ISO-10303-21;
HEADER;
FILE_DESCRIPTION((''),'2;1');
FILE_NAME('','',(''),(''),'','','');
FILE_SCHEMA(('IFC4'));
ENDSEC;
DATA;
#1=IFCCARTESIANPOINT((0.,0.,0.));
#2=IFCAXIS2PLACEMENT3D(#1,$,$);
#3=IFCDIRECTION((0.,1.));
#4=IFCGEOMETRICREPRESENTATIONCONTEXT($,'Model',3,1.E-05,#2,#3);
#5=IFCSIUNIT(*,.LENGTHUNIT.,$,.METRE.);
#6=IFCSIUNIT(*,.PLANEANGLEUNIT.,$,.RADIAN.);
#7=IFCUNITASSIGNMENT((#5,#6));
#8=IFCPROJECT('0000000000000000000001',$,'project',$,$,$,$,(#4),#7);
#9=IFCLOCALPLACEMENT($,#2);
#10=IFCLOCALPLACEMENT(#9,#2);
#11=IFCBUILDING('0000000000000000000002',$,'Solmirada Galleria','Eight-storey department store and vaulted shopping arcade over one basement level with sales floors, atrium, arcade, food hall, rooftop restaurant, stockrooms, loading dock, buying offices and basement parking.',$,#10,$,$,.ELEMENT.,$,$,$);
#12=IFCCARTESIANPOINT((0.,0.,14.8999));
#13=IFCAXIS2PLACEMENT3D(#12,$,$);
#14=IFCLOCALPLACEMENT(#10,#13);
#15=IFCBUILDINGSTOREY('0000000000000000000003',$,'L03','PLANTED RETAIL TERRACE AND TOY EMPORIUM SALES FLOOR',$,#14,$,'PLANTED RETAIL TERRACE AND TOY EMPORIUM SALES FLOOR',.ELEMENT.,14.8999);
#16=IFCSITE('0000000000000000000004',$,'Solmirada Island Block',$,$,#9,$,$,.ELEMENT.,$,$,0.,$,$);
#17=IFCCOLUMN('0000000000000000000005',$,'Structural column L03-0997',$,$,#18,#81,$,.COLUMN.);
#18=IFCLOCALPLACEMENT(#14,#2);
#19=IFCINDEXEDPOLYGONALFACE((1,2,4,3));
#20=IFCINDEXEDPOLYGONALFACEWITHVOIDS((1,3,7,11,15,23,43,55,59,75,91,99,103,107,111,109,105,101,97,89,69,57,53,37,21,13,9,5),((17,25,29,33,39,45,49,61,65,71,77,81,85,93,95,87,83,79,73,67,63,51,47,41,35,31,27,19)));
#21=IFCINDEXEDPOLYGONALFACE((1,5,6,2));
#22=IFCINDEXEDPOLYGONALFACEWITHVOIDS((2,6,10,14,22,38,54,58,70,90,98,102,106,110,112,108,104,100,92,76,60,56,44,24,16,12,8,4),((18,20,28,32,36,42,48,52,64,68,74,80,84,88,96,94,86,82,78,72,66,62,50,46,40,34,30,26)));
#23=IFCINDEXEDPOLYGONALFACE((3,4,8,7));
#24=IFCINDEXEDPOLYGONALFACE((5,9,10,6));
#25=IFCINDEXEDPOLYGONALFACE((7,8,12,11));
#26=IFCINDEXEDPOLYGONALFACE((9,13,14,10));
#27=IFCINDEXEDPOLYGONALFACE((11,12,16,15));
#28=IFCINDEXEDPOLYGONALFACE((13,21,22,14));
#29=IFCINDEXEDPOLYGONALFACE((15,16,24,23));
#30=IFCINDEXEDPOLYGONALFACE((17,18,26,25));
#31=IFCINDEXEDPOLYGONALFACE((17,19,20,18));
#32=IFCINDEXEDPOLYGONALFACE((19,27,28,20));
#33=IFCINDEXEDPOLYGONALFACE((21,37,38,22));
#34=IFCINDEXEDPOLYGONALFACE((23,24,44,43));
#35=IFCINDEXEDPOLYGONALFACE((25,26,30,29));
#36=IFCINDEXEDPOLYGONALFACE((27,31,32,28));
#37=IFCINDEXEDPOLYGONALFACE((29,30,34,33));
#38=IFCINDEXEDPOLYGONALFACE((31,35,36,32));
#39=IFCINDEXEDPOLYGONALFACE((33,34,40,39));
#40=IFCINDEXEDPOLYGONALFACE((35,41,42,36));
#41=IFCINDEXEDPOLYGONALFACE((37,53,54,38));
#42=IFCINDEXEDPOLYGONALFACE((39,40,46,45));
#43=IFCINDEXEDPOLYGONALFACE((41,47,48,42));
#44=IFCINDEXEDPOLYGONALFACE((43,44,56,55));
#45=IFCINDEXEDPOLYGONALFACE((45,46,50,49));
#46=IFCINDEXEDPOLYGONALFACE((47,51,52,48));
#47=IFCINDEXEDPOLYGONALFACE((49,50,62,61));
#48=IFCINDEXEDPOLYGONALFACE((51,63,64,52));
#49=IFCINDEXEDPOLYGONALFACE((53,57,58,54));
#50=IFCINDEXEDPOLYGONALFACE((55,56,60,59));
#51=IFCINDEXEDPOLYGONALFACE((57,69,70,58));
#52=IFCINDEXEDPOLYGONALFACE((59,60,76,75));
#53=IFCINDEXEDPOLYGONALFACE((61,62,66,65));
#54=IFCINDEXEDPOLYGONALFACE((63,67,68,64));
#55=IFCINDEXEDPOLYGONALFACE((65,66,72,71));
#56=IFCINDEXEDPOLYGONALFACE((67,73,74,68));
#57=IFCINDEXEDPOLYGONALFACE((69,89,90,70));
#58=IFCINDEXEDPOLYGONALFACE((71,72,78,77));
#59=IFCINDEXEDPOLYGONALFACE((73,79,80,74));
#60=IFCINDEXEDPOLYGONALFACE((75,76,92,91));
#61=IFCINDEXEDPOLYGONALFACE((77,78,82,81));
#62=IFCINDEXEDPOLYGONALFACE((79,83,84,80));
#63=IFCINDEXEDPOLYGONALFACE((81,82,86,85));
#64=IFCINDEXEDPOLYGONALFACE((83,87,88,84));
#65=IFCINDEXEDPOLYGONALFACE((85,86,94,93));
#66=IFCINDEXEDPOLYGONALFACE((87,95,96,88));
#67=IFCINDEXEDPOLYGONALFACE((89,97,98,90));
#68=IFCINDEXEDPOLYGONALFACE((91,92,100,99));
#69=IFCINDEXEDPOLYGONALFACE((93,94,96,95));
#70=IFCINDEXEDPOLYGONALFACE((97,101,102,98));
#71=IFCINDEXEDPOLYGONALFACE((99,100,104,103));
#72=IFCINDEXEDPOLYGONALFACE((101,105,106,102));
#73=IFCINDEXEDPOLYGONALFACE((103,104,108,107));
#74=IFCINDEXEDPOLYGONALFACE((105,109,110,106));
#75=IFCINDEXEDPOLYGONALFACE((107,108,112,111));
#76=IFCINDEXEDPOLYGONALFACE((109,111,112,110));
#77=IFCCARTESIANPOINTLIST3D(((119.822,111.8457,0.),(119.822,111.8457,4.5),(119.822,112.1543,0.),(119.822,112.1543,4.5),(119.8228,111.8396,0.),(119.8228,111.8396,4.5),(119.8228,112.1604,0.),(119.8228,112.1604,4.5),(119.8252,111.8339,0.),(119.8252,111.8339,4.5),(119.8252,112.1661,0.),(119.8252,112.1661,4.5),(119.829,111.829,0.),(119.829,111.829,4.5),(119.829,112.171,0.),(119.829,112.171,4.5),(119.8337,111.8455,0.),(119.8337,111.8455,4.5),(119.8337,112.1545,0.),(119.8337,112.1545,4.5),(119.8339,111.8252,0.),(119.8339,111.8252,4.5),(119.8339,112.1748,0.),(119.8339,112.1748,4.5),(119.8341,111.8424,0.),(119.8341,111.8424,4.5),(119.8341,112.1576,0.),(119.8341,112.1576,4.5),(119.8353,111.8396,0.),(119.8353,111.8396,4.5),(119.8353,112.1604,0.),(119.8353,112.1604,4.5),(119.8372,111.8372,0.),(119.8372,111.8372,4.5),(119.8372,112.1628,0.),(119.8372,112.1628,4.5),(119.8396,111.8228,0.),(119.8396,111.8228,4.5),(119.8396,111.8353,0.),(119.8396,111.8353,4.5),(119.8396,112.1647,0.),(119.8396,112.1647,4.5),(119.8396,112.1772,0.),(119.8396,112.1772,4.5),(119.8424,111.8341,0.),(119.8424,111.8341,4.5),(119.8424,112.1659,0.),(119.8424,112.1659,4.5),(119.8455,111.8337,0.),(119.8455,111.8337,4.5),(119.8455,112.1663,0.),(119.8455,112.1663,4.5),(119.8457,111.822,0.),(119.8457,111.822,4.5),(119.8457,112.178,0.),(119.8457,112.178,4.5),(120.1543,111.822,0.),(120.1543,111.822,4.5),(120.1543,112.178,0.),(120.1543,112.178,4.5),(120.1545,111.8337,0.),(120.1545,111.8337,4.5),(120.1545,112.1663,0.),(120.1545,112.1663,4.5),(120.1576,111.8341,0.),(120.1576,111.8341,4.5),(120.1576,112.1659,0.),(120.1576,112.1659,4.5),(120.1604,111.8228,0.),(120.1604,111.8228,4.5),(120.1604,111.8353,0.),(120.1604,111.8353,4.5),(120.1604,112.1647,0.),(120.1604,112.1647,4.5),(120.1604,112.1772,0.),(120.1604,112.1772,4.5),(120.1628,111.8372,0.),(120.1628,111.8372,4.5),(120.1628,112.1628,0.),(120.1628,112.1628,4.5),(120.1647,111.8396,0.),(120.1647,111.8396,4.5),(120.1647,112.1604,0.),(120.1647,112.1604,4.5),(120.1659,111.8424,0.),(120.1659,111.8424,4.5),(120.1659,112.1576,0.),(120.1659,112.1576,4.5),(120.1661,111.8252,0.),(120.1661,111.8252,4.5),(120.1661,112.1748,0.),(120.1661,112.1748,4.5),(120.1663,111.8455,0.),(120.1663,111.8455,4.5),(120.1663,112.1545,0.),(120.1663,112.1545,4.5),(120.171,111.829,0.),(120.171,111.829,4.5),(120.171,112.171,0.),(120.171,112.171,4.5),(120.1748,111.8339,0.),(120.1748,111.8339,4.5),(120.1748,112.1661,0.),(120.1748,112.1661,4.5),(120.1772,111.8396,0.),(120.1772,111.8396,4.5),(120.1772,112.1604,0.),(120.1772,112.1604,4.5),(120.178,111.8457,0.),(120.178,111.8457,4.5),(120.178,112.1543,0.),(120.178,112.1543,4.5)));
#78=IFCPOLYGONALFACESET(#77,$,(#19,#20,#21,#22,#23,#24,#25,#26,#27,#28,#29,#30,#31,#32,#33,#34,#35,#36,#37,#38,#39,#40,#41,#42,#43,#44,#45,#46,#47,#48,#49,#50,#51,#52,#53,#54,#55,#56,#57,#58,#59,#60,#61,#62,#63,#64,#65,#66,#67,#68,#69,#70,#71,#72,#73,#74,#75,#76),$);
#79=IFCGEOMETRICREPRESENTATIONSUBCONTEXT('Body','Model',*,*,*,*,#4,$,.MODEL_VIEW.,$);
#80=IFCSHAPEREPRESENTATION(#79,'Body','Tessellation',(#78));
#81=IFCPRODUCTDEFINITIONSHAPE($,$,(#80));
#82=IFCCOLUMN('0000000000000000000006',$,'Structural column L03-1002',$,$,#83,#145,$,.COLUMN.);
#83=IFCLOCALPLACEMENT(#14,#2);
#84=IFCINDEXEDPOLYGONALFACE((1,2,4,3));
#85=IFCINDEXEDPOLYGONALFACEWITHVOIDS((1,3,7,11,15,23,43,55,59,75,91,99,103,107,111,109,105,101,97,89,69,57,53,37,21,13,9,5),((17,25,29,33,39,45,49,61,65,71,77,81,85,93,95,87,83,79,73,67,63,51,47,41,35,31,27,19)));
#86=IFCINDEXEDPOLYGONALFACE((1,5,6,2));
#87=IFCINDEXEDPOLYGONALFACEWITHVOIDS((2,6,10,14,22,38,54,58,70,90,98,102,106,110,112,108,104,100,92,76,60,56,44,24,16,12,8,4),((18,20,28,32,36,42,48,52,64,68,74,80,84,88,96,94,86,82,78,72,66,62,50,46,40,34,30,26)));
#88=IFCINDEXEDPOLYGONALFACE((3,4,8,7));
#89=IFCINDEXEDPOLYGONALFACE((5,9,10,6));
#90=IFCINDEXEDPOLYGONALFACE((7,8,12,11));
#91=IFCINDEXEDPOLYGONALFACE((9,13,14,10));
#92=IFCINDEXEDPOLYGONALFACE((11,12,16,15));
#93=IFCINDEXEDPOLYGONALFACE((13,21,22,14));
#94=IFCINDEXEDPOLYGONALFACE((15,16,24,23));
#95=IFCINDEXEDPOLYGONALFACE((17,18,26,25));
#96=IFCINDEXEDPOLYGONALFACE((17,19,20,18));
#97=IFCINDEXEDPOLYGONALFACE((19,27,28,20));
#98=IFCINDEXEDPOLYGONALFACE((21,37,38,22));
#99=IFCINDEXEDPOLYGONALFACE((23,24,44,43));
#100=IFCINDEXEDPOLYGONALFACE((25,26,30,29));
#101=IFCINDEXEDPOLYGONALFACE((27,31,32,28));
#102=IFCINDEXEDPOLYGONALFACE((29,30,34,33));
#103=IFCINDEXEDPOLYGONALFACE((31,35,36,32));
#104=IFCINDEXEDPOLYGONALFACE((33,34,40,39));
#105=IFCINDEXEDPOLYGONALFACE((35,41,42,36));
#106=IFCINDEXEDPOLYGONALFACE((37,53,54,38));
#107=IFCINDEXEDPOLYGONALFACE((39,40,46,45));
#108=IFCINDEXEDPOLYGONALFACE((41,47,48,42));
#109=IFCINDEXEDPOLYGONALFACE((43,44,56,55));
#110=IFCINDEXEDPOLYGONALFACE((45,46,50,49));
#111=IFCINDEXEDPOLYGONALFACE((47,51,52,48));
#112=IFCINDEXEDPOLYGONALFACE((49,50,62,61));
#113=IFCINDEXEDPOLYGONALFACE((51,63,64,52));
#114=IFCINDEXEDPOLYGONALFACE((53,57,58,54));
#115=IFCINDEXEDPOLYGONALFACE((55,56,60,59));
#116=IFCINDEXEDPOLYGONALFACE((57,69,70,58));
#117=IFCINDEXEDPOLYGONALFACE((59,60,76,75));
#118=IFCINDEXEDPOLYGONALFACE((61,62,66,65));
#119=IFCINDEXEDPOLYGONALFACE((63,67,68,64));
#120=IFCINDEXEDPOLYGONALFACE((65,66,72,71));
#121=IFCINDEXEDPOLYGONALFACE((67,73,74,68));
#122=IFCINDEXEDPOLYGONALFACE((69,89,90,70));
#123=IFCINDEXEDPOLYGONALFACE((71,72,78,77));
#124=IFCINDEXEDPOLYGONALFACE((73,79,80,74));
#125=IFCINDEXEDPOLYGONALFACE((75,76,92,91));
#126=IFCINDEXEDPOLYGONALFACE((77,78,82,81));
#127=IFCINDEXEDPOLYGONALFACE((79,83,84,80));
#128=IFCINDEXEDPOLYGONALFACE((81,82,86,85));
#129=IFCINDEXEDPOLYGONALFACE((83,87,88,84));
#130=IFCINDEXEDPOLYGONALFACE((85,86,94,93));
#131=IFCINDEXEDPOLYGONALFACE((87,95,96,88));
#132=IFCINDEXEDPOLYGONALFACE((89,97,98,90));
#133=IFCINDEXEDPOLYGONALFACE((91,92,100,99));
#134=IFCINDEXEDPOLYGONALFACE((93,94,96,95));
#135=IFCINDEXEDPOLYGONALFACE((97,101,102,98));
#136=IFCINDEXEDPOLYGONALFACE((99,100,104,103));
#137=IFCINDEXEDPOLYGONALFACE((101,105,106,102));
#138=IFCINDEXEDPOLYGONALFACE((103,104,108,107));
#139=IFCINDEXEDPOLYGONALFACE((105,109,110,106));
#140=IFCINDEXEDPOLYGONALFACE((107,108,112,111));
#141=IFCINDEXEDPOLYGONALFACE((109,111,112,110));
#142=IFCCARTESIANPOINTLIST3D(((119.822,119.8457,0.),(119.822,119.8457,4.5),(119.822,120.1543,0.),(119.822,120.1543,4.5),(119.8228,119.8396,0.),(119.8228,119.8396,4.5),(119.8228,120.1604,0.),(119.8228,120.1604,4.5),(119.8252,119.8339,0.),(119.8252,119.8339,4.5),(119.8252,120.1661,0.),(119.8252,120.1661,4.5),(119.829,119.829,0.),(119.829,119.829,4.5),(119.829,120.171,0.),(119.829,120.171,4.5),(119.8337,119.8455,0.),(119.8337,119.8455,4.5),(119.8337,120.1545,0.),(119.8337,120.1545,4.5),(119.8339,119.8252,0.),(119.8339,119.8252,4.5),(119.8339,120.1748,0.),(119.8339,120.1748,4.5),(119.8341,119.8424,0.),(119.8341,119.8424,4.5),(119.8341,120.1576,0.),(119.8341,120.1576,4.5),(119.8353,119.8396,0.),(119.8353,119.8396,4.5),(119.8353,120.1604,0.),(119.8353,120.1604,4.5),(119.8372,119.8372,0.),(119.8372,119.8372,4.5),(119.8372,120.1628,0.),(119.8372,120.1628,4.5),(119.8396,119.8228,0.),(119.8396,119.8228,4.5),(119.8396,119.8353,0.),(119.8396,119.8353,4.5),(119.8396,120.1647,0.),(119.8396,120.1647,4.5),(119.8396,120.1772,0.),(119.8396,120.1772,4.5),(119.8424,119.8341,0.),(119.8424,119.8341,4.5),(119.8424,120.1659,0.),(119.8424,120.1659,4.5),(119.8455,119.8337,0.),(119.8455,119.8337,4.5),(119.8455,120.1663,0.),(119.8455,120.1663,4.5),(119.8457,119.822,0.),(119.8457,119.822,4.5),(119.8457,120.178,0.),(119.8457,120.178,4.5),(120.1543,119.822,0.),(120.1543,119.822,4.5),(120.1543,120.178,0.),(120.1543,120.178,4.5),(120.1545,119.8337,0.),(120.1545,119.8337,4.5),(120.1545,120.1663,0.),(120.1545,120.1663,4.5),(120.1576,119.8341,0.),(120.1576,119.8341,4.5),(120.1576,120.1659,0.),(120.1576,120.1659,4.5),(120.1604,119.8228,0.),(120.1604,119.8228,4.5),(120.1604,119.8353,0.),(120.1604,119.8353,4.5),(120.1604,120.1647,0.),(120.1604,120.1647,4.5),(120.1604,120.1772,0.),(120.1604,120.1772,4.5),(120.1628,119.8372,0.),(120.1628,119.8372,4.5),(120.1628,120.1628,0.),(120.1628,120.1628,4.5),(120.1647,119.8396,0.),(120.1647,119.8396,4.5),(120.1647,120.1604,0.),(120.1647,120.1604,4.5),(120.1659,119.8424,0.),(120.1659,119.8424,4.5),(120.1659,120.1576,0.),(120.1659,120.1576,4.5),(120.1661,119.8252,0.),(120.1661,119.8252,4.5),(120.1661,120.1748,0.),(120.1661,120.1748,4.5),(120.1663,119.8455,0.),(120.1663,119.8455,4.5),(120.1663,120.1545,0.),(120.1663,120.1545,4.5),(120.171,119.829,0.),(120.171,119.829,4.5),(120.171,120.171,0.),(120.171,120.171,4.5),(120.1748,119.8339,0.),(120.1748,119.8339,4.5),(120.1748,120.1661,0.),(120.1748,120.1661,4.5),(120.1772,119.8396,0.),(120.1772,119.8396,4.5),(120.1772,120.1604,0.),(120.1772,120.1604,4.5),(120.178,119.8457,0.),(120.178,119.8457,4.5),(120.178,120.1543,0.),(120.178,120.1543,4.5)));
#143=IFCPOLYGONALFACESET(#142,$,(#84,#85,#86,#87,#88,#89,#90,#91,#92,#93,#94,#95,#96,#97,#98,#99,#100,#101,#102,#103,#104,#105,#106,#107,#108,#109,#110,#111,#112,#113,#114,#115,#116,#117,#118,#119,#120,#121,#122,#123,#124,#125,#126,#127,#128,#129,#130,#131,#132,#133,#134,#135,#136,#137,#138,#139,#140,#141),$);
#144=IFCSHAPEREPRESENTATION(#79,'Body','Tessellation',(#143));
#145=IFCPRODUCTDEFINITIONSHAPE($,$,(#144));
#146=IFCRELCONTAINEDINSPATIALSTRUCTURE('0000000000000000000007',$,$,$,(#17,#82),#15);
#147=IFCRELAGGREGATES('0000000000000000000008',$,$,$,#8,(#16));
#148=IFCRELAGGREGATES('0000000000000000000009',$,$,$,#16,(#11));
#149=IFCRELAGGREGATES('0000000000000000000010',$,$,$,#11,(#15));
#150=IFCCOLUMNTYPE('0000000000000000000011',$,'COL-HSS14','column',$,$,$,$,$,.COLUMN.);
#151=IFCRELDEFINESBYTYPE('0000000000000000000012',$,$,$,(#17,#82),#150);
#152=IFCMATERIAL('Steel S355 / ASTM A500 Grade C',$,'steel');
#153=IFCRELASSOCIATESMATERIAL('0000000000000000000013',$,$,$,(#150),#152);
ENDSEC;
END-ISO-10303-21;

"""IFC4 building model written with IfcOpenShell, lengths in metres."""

from ifc_helpers import new_model, si_unit, direction, frame, origin, origin_2d, place, context, subcontext, project, spatial, hollow_rectangle, extrude, material, material_profile, profile_set, type_object, element, save


model = new_model("IFC4")

# Units and contexts
model_context = context("Model", 3, precision=1e-05, world=origin(), true_north=direction((0.0, 1.0)))
body_context = subcontext(model_context, "Body", "Model", "MODEL_VIEW")
ifc_project = project(units=[si_unit("LENGTHUNIT", "METRE"), si_unit("PLANEANGLEUNIT", "RADIAN")], contexts=[model_context])

# Site, building, storey
site_placement = place(None, origin())
site = spatial("IfcSite", under=ifc_project, at=site_placement, Name="Solmirada Island Block", CompositionType="ELEMENT", RefElevation=0.0)
building_placement = place(site_placement, origin())
building = spatial("IfcBuilding", under=site, at=building_placement, Name="Solmirada Galleria", Description="Eight-storey department store and vaulted shopping arcade over one basement level with sales floors, atrium, arcade, food hall, rooftop restaurant, stockrooms, loading dock, buying offices and basement parking.", CompositionType="ELEMENT")
storey_placement = place(building_placement, frame((0.0, 0.0, 14.8999)))
storey = spatial("IfcBuildingStorey", under=building, at=storey_placement, Name="L03", Description="PLANTED RETAIL TERRACE AND TOY EMPORIUM SALES FLOOR", LongName="PLANTED RETAIL TERRACE AND TOY EMPORIUM SALES FLOOR", CompositionType="ELEMENT", Elevation=14.8999)

# Columns
ifc_material_1 = material(Name="Steel S355 / ASTM A500 Grade C", Category="steel")
ifc_material_profile_1 = material_profile(ifc_material_1, hollow_rectangle(XDim=0.356, YDim=0.356, WallThickness=0.0117, InnerFilletRadius=0.0117, OuterFilletRadius=0.0237, at=origin_2d()), Name="HSS14X14X1/2")
ifc_profile_set_1 = profile_set([ifc_material_profile_1], Name="Steel S355 / ASTM A500 Grade C")
column_type_1 = type_object("IfcColumnType", Name="COL-HSS14", Description="column", PredefinedType="COLUMN", material=ifc_profile_set_1)
for number, where, z_axis, x_axis, name in (
    (1, (120.0, 112.0, 0.0), (0.0, 0.0, 1.0), (1.0, 0.0, 0.0), "Structural column L03-0997"),
    (2, (120.0, 120.0, 0.0), (0.0, 0.0, 1.0), (1.0, 0.0, 0.0), "Structural column L03-1002"),
):
    element("IfcColumn", number, at=place(storey_placement, frame(where, z_axis=z_axis, x_axis=x_axis)), inside=storey, type_object=column_type_1, Name=name, PredefinedType="COLUMN", context=body_context, shape_type="SweptSolid", body=[
        extrude(hollow_rectangle(XDim=0.356, YDim=0.356, WallThickness=0.0117, InnerFilletRadius=0.0117, OuterFilletRadius=0.0237, at=origin_2d()), origin(), (0.0, 0.0, 1.0), 4.5),
    ])

save(model, "model.ifc")
